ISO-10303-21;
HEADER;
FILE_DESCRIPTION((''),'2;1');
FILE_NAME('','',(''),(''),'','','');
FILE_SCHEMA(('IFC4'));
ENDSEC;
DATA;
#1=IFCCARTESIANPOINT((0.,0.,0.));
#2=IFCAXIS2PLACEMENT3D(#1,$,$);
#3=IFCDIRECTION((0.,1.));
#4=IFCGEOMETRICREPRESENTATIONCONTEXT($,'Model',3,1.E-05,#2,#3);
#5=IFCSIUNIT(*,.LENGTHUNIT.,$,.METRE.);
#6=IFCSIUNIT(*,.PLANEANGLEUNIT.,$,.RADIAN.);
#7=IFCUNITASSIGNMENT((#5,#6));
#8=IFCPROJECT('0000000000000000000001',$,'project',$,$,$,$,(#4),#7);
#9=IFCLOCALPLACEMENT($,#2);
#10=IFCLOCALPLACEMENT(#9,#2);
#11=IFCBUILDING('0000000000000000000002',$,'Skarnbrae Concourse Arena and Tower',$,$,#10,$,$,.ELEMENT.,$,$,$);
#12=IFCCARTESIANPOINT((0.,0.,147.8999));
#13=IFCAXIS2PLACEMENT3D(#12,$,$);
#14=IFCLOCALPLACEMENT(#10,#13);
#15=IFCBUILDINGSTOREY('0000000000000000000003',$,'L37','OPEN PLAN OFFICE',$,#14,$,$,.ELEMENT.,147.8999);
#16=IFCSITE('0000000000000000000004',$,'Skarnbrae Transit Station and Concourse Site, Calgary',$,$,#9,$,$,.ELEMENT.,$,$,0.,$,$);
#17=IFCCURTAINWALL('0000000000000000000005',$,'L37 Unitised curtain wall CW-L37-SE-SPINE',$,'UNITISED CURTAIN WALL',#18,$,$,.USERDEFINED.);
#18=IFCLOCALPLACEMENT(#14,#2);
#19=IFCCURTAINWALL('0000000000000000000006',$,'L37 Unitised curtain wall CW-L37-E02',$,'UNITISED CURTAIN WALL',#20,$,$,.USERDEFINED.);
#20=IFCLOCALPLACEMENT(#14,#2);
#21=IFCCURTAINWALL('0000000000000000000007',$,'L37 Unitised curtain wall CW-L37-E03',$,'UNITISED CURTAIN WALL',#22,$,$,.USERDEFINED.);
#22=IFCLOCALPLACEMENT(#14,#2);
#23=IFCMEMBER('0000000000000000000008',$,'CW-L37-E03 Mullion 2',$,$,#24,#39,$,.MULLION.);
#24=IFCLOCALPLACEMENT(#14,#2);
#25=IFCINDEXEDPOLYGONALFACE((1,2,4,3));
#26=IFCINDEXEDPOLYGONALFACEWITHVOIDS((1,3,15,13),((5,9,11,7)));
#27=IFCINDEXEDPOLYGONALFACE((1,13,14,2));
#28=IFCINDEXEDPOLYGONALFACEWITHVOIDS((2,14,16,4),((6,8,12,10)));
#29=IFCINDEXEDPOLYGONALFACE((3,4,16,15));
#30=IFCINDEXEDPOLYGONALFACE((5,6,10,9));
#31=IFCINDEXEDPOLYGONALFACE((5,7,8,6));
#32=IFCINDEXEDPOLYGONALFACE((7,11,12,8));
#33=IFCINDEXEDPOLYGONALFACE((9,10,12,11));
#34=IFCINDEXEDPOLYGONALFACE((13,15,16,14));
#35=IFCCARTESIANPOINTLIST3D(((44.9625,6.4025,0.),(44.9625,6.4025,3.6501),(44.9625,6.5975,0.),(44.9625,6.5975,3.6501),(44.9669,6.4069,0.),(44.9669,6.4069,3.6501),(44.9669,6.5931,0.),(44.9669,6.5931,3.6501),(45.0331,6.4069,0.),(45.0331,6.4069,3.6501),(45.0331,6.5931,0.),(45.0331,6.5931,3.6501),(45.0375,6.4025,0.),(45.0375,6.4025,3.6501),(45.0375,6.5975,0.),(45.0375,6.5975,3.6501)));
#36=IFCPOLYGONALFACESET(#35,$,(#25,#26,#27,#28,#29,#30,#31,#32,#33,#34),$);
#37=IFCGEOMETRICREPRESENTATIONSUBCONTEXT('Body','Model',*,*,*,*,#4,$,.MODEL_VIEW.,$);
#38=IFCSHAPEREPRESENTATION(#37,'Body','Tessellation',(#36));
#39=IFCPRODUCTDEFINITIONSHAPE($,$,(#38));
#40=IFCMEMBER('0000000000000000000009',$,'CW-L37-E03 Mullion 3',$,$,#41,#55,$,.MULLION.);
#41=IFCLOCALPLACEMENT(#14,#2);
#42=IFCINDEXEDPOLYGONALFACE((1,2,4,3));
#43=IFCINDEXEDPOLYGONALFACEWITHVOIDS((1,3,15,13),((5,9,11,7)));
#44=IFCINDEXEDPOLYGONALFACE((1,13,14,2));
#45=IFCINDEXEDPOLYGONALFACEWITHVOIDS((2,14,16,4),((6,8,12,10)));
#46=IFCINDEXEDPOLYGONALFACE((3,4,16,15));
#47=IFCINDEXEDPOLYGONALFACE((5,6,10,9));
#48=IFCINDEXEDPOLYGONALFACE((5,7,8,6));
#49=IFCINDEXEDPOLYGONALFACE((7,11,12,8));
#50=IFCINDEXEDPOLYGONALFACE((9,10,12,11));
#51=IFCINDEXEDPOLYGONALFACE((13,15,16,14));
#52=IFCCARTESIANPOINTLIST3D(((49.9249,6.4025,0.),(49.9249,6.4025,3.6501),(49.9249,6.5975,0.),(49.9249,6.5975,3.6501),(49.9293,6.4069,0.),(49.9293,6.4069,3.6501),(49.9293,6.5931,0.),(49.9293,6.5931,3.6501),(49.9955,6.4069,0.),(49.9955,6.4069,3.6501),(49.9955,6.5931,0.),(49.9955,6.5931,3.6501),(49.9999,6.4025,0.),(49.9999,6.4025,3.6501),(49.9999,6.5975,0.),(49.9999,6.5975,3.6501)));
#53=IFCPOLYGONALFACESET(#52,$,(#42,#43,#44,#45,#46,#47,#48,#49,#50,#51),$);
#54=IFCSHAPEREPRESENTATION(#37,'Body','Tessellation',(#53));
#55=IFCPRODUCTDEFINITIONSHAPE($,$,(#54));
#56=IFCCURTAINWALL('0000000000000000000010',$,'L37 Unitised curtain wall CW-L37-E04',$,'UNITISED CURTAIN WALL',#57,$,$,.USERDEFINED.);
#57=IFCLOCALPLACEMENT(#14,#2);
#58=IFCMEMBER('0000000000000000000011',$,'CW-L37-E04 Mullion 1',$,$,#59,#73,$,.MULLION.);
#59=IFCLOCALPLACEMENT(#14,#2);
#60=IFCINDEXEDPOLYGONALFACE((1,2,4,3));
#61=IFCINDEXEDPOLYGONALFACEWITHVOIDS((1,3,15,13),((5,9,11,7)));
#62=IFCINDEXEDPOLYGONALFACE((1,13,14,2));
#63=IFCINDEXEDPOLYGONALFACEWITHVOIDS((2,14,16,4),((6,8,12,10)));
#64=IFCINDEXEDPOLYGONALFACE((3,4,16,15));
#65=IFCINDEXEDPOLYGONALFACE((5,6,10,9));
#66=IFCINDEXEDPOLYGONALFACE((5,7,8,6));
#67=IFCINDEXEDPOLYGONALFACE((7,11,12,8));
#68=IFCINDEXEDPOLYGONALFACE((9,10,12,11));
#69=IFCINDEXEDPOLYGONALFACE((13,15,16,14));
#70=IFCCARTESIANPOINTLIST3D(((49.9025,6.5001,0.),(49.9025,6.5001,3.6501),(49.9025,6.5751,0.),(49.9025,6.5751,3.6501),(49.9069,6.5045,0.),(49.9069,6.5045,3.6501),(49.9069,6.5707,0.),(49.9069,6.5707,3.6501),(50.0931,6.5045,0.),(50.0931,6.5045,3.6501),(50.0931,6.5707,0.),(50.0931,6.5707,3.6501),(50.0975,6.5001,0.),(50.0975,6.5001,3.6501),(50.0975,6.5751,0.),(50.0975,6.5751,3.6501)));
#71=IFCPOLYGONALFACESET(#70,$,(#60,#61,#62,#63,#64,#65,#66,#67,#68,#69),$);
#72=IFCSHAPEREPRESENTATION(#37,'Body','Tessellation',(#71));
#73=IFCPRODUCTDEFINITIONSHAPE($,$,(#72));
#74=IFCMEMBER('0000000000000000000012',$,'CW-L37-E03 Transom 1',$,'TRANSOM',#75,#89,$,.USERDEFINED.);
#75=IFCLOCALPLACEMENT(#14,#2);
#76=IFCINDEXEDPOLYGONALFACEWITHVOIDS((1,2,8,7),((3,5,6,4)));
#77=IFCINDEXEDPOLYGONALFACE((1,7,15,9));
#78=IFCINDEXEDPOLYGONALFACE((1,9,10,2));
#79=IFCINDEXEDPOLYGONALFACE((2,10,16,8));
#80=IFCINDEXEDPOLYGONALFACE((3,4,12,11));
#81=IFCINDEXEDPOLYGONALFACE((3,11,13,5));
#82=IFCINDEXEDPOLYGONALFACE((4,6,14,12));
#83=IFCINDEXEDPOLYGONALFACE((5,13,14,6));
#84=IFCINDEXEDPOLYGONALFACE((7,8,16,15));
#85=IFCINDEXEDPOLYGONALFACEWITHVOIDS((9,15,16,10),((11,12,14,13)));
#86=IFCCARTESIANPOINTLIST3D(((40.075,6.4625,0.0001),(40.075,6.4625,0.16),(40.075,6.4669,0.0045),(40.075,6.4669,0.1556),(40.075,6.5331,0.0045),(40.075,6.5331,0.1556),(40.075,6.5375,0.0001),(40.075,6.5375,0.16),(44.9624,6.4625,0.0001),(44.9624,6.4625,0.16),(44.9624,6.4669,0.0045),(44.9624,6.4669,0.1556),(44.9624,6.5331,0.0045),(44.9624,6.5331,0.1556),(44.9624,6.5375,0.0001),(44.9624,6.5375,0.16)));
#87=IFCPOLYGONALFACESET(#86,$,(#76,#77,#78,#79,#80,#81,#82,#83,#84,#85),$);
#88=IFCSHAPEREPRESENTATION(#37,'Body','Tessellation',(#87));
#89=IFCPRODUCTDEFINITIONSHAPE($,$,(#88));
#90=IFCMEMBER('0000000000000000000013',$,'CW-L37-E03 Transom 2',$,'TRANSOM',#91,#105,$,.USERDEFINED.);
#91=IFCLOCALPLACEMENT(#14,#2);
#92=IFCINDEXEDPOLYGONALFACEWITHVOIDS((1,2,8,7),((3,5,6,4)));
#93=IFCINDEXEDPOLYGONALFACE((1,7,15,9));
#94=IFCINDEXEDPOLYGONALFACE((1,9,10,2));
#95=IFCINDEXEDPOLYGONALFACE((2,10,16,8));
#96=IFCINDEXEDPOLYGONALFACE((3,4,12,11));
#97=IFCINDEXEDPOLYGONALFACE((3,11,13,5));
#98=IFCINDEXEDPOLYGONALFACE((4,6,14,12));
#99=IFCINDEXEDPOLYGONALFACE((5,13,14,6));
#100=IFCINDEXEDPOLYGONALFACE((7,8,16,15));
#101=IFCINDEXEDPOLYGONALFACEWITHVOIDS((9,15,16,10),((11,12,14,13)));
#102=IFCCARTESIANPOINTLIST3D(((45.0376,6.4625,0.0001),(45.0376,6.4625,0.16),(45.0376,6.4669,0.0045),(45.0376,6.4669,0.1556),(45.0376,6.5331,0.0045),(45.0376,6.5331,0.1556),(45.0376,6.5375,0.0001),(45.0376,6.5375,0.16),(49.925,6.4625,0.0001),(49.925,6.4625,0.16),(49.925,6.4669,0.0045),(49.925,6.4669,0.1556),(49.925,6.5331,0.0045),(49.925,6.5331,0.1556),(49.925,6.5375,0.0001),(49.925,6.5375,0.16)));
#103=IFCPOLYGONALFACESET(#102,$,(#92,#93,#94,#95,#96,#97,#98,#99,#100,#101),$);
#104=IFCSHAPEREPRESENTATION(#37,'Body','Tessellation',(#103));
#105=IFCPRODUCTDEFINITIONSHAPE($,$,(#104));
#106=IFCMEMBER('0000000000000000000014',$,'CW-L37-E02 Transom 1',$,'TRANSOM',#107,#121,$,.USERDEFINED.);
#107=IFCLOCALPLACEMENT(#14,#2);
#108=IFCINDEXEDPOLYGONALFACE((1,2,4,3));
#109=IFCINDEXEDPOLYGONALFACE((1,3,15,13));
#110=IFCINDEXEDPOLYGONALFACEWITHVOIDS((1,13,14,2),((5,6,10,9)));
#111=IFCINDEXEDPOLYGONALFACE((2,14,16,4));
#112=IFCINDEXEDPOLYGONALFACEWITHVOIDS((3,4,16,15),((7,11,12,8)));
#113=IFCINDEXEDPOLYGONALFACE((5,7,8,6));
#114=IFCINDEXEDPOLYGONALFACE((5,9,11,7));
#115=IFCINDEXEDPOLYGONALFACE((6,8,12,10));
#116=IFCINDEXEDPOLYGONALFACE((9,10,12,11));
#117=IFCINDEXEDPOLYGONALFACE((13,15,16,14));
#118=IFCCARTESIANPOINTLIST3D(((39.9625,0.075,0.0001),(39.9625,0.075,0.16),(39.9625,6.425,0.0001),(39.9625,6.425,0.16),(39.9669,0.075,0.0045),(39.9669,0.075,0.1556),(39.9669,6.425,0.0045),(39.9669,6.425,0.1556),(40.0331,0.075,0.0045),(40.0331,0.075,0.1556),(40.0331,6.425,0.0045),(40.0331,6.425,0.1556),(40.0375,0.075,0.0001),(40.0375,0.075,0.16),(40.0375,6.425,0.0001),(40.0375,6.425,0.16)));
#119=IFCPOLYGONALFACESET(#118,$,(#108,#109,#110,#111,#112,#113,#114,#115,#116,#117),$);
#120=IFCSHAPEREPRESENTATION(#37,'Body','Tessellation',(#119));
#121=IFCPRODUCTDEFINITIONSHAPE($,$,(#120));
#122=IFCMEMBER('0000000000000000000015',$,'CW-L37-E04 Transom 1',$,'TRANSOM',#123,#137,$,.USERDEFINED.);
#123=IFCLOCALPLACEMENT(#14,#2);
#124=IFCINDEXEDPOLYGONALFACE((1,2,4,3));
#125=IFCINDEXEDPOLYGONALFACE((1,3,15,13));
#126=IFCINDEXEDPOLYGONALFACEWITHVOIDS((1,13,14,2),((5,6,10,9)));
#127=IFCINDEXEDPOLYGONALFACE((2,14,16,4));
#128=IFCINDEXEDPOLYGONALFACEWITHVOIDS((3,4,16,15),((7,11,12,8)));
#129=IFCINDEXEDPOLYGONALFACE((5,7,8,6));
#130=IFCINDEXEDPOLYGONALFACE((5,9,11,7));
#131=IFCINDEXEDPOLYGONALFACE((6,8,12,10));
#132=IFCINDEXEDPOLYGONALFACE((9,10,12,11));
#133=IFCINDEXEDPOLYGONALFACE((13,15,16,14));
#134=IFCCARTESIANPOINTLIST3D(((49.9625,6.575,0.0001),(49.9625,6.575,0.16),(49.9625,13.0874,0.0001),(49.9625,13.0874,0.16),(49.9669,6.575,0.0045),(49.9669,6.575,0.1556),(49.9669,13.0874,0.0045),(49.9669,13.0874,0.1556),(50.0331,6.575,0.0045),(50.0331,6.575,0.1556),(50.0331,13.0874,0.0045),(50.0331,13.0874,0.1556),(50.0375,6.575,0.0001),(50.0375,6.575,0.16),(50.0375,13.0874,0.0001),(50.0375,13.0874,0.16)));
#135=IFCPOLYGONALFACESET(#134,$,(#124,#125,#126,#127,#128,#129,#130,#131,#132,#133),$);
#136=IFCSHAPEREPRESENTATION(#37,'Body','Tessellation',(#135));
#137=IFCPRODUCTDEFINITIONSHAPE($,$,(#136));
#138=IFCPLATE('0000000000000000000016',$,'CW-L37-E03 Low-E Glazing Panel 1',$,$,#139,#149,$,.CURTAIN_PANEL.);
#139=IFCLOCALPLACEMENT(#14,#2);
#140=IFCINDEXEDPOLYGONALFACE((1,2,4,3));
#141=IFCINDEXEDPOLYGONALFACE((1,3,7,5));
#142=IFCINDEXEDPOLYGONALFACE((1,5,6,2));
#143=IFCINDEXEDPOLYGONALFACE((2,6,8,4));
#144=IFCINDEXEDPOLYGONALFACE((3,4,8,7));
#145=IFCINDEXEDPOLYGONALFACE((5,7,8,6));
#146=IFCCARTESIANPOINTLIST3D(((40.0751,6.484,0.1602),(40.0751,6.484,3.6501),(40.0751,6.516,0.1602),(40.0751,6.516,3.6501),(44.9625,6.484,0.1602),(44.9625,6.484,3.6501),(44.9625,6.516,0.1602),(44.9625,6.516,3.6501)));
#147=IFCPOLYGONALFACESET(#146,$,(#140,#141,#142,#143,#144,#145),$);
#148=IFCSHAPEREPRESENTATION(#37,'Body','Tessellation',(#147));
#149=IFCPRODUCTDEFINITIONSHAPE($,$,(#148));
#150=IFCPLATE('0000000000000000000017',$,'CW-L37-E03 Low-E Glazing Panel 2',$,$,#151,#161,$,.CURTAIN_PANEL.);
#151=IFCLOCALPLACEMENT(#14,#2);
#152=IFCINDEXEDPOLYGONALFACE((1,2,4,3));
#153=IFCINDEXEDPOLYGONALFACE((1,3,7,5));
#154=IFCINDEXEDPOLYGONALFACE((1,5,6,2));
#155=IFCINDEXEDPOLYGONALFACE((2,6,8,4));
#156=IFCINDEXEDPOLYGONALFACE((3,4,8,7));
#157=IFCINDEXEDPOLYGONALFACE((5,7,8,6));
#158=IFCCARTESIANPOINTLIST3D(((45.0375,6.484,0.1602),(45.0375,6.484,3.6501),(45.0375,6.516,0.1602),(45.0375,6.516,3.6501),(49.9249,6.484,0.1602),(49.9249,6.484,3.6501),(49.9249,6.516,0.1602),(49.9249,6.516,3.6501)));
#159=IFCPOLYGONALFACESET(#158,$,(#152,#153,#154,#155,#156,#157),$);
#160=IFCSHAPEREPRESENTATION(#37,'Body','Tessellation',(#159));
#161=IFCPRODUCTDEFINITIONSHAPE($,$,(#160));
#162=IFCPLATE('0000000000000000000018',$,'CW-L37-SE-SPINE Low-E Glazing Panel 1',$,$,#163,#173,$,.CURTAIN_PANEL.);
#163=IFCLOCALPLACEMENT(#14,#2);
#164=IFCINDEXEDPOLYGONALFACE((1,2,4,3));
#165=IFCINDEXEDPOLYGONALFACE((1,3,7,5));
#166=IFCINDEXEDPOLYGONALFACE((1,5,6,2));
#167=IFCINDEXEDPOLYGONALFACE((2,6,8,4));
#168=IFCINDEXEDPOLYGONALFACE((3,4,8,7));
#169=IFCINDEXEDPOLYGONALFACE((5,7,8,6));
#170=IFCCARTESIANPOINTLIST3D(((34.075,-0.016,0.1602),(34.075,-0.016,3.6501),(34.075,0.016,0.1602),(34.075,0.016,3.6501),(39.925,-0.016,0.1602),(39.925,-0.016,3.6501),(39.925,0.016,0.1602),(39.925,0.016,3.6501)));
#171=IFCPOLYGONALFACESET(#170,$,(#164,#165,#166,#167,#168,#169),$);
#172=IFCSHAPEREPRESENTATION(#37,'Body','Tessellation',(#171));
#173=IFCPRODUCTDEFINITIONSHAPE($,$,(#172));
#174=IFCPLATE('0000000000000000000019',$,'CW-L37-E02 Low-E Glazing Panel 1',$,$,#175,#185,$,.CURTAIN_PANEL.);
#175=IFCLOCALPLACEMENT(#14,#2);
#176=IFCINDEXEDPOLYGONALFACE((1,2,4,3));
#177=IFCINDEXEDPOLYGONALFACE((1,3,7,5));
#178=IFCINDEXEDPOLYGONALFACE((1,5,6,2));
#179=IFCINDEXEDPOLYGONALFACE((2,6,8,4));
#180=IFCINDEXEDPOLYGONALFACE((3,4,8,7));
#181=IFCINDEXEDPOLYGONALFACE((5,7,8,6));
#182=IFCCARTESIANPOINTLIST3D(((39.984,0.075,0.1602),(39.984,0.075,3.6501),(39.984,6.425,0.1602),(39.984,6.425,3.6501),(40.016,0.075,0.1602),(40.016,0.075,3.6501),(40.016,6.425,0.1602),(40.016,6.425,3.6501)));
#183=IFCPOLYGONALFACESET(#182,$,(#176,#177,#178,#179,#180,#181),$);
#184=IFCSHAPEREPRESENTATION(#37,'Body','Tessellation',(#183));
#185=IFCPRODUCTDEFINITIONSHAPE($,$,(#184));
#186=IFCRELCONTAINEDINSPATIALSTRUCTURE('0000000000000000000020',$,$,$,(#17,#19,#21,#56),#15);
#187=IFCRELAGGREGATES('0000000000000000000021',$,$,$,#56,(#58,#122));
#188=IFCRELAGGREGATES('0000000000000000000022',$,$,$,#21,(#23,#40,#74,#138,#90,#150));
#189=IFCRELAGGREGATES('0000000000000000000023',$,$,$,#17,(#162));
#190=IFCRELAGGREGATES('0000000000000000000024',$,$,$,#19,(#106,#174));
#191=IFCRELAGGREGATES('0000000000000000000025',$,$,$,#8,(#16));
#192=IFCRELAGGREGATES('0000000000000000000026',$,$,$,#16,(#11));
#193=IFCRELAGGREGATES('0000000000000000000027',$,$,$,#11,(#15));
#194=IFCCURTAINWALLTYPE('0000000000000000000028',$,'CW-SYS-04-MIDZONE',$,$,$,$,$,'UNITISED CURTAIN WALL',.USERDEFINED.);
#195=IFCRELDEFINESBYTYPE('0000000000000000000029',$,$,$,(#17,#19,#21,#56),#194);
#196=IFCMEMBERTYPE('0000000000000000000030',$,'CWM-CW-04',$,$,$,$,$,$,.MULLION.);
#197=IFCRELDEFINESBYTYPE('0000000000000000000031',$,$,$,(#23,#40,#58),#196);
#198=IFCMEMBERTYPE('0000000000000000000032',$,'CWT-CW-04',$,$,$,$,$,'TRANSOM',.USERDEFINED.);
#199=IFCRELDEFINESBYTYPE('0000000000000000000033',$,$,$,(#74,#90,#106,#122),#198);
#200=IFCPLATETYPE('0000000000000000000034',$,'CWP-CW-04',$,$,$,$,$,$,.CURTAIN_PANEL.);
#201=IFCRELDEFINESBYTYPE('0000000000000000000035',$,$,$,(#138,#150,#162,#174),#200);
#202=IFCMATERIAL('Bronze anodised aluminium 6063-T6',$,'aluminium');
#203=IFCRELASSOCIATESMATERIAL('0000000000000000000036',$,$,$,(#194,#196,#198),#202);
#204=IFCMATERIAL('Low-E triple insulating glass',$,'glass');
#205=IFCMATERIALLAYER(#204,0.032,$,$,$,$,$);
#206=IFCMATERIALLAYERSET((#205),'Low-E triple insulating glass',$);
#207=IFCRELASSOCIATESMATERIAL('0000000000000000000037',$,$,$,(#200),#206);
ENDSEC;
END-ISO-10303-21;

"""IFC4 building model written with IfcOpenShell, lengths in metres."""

from ifc_helpers import new_model, si_unit, direction, frame, origin, origin_2d, place, context, subcontext, project, spatial, rectangle, hollow_rectangle, extrude, source, transform, mapped, material, layer, layer_set, material_profile, profile_set, type_object, element, aggregate, save


model = new_model("IFC4")

# Units and contexts
model_context = context("Model", 3, precision=1e-05, world=origin(), true_north=direction((0.0, 1.0)))
body_context = subcontext(model_context, "Body", "Model", "MODEL_VIEW")
ifc_project = project(units=[si_unit("LENGTHUNIT", "METRE"), si_unit("PLANEANGLEUNIT", "RADIAN")], contexts=[model_context])

# Site, building, storey
site_placement = place(None, origin())
site = spatial("IfcSite", under=ifc_project, at=site_placement, Name="Skarnbrae Transit Station and Concourse Site, Calgary", CompositionType="ELEMENT", RefElevation=0.0)
building_placement = place(site_placement, origin())
building = spatial("IfcBuilding", under=site, at=building_placement, Name="Skarnbrae Concourse Arena and Tower", CompositionType="ELEMENT")
storey_placement = place(building_placement, frame((0.0, 0.0, 147.8999)))
storey = spatial("IfcBuildingStorey", under=building, at=storey_placement, Name="L37", Description="OPEN PLAN OFFICE", CompositionType="ELEMENT", Elevation=147.8999)

# Curtain wall
ifc_material_1 = material(Name="Bronze anodised aluminium 6063-T6", Category="aluminium")
curtain_wall_type = type_object("IfcCurtainWallType", Name="CW-SYS-04-MIDZONE", ElementType="UNITISED CURTAIN WALL", PredefinedType="USERDEFINED", material=ifc_material_1)
curtain_wall_1_placement = place(storey_placement, origin())
curtain_wall_1 = element("IfcCurtainWall", 1, at=curtain_wall_1_placement, inside=storey, type_object=curtain_wall_type, Name="L37 Unitised curtain wall CW-L37-SE-SPINE", ObjectType="UNITISED CURTAIN WALL", PredefinedType="USERDEFINED")
ifc_material_profile_1 = material_profile(ifc_material_1, hollow_rectangle(XDim=0.075, YDim=0.1951, WallThickness=0.0044, at=origin_2d()), Name="ALU-MULL-75X195")
ifc_profile_set_1 = profile_set([ifc_material_profile_1], Name="Bronze anodised aluminium 6063-T6")
member_type_1 = type_object("IfcMemberType", Name="CWM-CW-04", PredefinedType="MULLION", material=ifc_profile_set_1)
shared_shape_1 = source(origin(), body_context, "Body", "SweptSolid", [
    extrude(hollow_rectangle(XDim=0.075, YDim=0.1951, WallThickness=0.0044, at=origin_2d()), origin(), (0.0, 0.0, 1.0), 3.6501),
])

# Curtain walls, members
curtain_wall_2_placement = place(storey_placement, origin())
curtain_wall_2 = element("IfcCurtainWall", 2, at=curtain_wall_2_placement, inside=storey, type_object=curtain_wall_type, Name="L37 Unitised curtain wall CW-L37-E02", ObjectType="UNITISED CURTAIN WALL", PredefinedType="USERDEFINED")
curtain_wall_3_placement = place(storey_placement, origin())
curtain_wall_3 = element("IfcCurtainWall", 3, at=curtain_wall_3_placement, inside=storey, type_object=curtain_wall_type, Name="L37 Unitised curtain wall CW-L37-E03", ObjectType="UNITISED CURTAIN WALL", PredefinedType="USERDEFINED")
member_1_placement = place(storey_placement, frame((45.0, 6.5, 0.0), z_axis=(0.0, 0.0, 1.0), x_axis=(1.0, 0.0, 0.0)))
member_1 = element("IfcMember", 4, at=member_1_placement, type_object=member_type_1, Name="CW-L37-E03 Mullion 2", PredefinedType="MULLION", context=body_context, shape_type="MappedRepresentation", body=[
    mapped(shared_shape_1, transform((0.0, 0.0, 0.0))),
])
member_2_placement = place(storey_placement, frame((49.9624, 6.5, 0.0), z_axis=(0.0, 0.0, 1.0), x_axis=(1.0, 0.0, 0.0)))
member_2 = element("IfcMember", 5, at=member_2_placement, type_object=member_type_1, Name="CW-L37-E03 Mullion 3", PredefinedType="MULLION", context=body_context, shape_type="MappedRepresentation", body=[
    mapped(shared_shape_1, transform((0.0, 0.0, 0.0))),
])

# Curtain wall, member
curtain_wall_4_placement = place(storey_placement, origin())
curtain_wall_4 = element("IfcCurtainWall", 6, at=curtain_wall_4_placement, inside=storey, type_object=curtain_wall_type, Name="L37 Unitised curtain wall CW-L37-E04", ObjectType="UNITISED CURTAIN WALL", PredefinedType="USERDEFINED")
member_3_placement = place(storey_placement, frame((50.0, 6.5376, 0.0), z_axis=(0.0, 0.0, 1.0), x_axis=(0.0, 1.0, 0.0)))
member_3 = element("IfcMember", 7, at=member_3_placement, type_object=member_type_1, Name="CW-L37-E04 Mullion 1", PredefinedType="MULLION", context=body_context, shape_type="MappedRepresentation", body=[
    mapped(shared_shape_1, transform((0.0, 0.0, 0.0))),
])

# Members
ifc_material_profile_2 = material_profile(ifc_material_1, hollow_rectangle(XDim=0.075, YDim=0.1599, WallThickness=0.0044, at=origin_2d()), Name="ALU-TRAN-75X160")
ifc_profile_set_2 = profile_set([ifc_material_profile_2], Name="Bronze anodised aluminium 6063-T6")
member_type_2 = type_object("IfcMemberType", Name="CWT-CW-04", ElementType="TRANSOM", PredefinedType="USERDEFINED", material=ifc_profile_set_2)
shared_shape_2 = source(origin(), body_context, "Body", "SweptSolid", [
    extrude(hollow_rectangle(XDim=0.075, YDim=0.1599, WallThickness=0.0044, at=origin_2d()), origin(), (0.0, 0.0, 1.0), 4.8875),
])
member_4_placement = place(storey_placement, frame((40.075, 6.5, 0.0801), z_axis=(1.0, 0.0, 0.0), x_axis=(0.0, 1.0, 0.0)))
member_4 = element("IfcMember", 8, at=member_4_placement, type_object=member_type_2, Name="CW-L37-E03 Transom 1", ObjectType="TRANSOM", PredefinedType="USERDEFINED", context=body_context, shape_type="MappedRepresentation", body=[
    mapped(shared_shape_2, transform((0.0, 0.0, 0.0))),
])
member_5_placement = place(storey_placement, frame((45.0376, 6.5, 0.0801), z_axis=(1.0, 0.0, 0.0), x_axis=(0.0, 1.0, 0.0)))
member_5 = element("IfcMember", 9, at=member_5_placement, type_object=member_type_2, Name="CW-L37-E03 Transom 2", ObjectType="TRANSOM", PredefinedType="USERDEFINED", context=body_context, shape_type="MappedRepresentation", body=[
    mapped(shared_shape_2, transform((0.0, 0.0, 0.0))),
])
shared_shape_3 = source(origin(), body_context, "Body", "SweptSolid", [
    extrude(hollow_rectangle(XDim=0.075, YDim=0.1599, WallThickness=0.0044, at=origin_2d()), origin(), (0.0, 0.0, 1.0), 6.3501),
])
member_6_placement = place(storey_placement, frame((40.0, 0.075, 0.0801), z_axis=(0.0, 1.0, 0.0), x_axis=(-1.0, 0.0, 0.0)))
member_6 = element("IfcMember", 10, at=member_6_placement, type_object=member_type_2, Name="CW-L37-E02 Transom 1", ObjectType="TRANSOM", PredefinedType="USERDEFINED", context=body_context, shape_type="MappedRepresentation", body=[
    mapped(shared_shape_3, transform((0.0, 0.0, 0.0))),
])
shared_shape_4 = source(origin(), body_context, "Body", "SweptSolid", [
    extrude(hollow_rectangle(XDim=0.075, YDim=0.1599, WallThickness=0.0044, at=origin_2d()), origin(), (0.0, 0.0, 1.0), 6.5125),
])
member_7_placement = place(storey_placement, frame((50.0, 6.575, 0.0801), z_axis=(0.0, 1.0, 0.0), x_axis=(-1.0, 0.0, 0.0)))
member_7 = element("IfcMember", 11, at=member_7_placement, type_object=member_type_2, Name="CW-L37-E04 Transom 1", ObjectType="TRANSOM", PredefinedType="USERDEFINED", context=body_context, shape_type="MappedRepresentation", body=[
    mapped(shared_shape_4, transform((0.0, 0.0, 0.0))),
])
aggregate(curtain_wall_4, [member_3, member_7])

# Plates
ifc_material_2 = material(Name="Low-E triple insulating glass", Category="glass")
ifc_layer = layer(ifc_material_2, 0.032)
ifc_layer_set = layer_set([ifc_layer], Name="Low-E triple insulating glass")
plate_type = type_object("IfcPlateType", Name="CWP-CW-04", PredefinedType="CURTAIN_PANEL", material=ifc_layer_set)
shared_shape_5 = source(origin(), body_context, "Body", "SweptSolid", [
    extrude(rectangle(XDim=4.8875, YDim=0.032, at=origin_2d()), origin(), (0.0, 0.0, 1.0), 3.49),
])
plate_1_placement = place(storey_placement, frame((42.5188, 6.5, 0.1602), z_axis=(0.0, 0.0, 1.0), x_axis=(1.0, 0.0, 0.0)))
plate_1 = element("IfcPlate", 12, at=plate_1_placement, type_object=plate_type, Name="CW-L37-E03 Low-E Glazing Panel 1", PredefinedType="CURTAIN_PANEL", context=body_context, shape_type="MappedRepresentation", body=[
    mapped(shared_shape_5, transform((0.0, 0.0, 0.0))),
])
plate_2_placement = place(storey_placement, frame((47.4812, 6.5, 0.1602), z_axis=(0.0, 0.0, 1.0), x_axis=(1.0, 0.0, 0.0)))
plate_2 = element("IfcPlate", 13, at=plate_2_placement, type_object=plate_type, Name="CW-L37-E03 Low-E Glazing Panel 2", PredefinedType="CURTAIN_PANEL", context=body_context, shape_type="MappedRepresentation", body=[
    mapped(shared_shape_5, transform((0.0, 0.0, 0.0))),
])
aggregate(curtain_wall_3, [member_1, member_2, member_4, plate_1, member_5, plate_2])
shared_shape_6 = source(origin(), body_context, "Body", "SweptSolid", [
    extrude(rectangle(XDim=5.8501, YDim=0.032, at=origin_2d()), origin(), (0.0, 0.0, 1.0), 3.49),
])
plate_3_placement = place(storey_placement, frame((37.0, 0.0, 0.1602), z_axis=(0.0, 0.0, 1.0), x_axis=(1.0, 0.0, 0.0)))
plate_3 = element("IfcPlate", 14, at=plate_3_placement, type_object=plate_type, Name="CW-L37-SE-SPINE Low-E Glazing Panel 1", PredefinedType="CURTAIN_PANEL", context=body_context, shape_type="MappedRepresentation", body=[
    mapped(shared_shape_6, transform((0.0, 0.0, 0.0))),
])
aggregate(curtain_wall_1, [plate_3])
shared_shape_7 = source(origin(), body_context, "Body", "SweptSolid", [
    extrude(rectangle(XDim=6.3501, YDim=0.032, at=origin_2d()), origin(), (0.0, 0.0, 1.0), 3.49),
])
plate_4_placement = place(storey_placement, frame((40.0, 3.25, 0.1602), z_axis=(0.0, 0.0, 1.0), x_axis=(0.0, 1.0, 0.0)))
plate_4 = element("IfcPlate", 15, at=plate_4_placement, type_object=plate_type, Name="CW-L37-E02 Low-E Glazing Panel 1", PredefinedType="CURTAIN_PANEL", context=body_context, shape_type="MappedRepresentation", body=[
    mapped(shared_shape_7, transform((0.0, 0.0, 0.0))),
])
aggregate(curtain_wall_2, [member_6, plate_4])

save(model, "model.ifc")
